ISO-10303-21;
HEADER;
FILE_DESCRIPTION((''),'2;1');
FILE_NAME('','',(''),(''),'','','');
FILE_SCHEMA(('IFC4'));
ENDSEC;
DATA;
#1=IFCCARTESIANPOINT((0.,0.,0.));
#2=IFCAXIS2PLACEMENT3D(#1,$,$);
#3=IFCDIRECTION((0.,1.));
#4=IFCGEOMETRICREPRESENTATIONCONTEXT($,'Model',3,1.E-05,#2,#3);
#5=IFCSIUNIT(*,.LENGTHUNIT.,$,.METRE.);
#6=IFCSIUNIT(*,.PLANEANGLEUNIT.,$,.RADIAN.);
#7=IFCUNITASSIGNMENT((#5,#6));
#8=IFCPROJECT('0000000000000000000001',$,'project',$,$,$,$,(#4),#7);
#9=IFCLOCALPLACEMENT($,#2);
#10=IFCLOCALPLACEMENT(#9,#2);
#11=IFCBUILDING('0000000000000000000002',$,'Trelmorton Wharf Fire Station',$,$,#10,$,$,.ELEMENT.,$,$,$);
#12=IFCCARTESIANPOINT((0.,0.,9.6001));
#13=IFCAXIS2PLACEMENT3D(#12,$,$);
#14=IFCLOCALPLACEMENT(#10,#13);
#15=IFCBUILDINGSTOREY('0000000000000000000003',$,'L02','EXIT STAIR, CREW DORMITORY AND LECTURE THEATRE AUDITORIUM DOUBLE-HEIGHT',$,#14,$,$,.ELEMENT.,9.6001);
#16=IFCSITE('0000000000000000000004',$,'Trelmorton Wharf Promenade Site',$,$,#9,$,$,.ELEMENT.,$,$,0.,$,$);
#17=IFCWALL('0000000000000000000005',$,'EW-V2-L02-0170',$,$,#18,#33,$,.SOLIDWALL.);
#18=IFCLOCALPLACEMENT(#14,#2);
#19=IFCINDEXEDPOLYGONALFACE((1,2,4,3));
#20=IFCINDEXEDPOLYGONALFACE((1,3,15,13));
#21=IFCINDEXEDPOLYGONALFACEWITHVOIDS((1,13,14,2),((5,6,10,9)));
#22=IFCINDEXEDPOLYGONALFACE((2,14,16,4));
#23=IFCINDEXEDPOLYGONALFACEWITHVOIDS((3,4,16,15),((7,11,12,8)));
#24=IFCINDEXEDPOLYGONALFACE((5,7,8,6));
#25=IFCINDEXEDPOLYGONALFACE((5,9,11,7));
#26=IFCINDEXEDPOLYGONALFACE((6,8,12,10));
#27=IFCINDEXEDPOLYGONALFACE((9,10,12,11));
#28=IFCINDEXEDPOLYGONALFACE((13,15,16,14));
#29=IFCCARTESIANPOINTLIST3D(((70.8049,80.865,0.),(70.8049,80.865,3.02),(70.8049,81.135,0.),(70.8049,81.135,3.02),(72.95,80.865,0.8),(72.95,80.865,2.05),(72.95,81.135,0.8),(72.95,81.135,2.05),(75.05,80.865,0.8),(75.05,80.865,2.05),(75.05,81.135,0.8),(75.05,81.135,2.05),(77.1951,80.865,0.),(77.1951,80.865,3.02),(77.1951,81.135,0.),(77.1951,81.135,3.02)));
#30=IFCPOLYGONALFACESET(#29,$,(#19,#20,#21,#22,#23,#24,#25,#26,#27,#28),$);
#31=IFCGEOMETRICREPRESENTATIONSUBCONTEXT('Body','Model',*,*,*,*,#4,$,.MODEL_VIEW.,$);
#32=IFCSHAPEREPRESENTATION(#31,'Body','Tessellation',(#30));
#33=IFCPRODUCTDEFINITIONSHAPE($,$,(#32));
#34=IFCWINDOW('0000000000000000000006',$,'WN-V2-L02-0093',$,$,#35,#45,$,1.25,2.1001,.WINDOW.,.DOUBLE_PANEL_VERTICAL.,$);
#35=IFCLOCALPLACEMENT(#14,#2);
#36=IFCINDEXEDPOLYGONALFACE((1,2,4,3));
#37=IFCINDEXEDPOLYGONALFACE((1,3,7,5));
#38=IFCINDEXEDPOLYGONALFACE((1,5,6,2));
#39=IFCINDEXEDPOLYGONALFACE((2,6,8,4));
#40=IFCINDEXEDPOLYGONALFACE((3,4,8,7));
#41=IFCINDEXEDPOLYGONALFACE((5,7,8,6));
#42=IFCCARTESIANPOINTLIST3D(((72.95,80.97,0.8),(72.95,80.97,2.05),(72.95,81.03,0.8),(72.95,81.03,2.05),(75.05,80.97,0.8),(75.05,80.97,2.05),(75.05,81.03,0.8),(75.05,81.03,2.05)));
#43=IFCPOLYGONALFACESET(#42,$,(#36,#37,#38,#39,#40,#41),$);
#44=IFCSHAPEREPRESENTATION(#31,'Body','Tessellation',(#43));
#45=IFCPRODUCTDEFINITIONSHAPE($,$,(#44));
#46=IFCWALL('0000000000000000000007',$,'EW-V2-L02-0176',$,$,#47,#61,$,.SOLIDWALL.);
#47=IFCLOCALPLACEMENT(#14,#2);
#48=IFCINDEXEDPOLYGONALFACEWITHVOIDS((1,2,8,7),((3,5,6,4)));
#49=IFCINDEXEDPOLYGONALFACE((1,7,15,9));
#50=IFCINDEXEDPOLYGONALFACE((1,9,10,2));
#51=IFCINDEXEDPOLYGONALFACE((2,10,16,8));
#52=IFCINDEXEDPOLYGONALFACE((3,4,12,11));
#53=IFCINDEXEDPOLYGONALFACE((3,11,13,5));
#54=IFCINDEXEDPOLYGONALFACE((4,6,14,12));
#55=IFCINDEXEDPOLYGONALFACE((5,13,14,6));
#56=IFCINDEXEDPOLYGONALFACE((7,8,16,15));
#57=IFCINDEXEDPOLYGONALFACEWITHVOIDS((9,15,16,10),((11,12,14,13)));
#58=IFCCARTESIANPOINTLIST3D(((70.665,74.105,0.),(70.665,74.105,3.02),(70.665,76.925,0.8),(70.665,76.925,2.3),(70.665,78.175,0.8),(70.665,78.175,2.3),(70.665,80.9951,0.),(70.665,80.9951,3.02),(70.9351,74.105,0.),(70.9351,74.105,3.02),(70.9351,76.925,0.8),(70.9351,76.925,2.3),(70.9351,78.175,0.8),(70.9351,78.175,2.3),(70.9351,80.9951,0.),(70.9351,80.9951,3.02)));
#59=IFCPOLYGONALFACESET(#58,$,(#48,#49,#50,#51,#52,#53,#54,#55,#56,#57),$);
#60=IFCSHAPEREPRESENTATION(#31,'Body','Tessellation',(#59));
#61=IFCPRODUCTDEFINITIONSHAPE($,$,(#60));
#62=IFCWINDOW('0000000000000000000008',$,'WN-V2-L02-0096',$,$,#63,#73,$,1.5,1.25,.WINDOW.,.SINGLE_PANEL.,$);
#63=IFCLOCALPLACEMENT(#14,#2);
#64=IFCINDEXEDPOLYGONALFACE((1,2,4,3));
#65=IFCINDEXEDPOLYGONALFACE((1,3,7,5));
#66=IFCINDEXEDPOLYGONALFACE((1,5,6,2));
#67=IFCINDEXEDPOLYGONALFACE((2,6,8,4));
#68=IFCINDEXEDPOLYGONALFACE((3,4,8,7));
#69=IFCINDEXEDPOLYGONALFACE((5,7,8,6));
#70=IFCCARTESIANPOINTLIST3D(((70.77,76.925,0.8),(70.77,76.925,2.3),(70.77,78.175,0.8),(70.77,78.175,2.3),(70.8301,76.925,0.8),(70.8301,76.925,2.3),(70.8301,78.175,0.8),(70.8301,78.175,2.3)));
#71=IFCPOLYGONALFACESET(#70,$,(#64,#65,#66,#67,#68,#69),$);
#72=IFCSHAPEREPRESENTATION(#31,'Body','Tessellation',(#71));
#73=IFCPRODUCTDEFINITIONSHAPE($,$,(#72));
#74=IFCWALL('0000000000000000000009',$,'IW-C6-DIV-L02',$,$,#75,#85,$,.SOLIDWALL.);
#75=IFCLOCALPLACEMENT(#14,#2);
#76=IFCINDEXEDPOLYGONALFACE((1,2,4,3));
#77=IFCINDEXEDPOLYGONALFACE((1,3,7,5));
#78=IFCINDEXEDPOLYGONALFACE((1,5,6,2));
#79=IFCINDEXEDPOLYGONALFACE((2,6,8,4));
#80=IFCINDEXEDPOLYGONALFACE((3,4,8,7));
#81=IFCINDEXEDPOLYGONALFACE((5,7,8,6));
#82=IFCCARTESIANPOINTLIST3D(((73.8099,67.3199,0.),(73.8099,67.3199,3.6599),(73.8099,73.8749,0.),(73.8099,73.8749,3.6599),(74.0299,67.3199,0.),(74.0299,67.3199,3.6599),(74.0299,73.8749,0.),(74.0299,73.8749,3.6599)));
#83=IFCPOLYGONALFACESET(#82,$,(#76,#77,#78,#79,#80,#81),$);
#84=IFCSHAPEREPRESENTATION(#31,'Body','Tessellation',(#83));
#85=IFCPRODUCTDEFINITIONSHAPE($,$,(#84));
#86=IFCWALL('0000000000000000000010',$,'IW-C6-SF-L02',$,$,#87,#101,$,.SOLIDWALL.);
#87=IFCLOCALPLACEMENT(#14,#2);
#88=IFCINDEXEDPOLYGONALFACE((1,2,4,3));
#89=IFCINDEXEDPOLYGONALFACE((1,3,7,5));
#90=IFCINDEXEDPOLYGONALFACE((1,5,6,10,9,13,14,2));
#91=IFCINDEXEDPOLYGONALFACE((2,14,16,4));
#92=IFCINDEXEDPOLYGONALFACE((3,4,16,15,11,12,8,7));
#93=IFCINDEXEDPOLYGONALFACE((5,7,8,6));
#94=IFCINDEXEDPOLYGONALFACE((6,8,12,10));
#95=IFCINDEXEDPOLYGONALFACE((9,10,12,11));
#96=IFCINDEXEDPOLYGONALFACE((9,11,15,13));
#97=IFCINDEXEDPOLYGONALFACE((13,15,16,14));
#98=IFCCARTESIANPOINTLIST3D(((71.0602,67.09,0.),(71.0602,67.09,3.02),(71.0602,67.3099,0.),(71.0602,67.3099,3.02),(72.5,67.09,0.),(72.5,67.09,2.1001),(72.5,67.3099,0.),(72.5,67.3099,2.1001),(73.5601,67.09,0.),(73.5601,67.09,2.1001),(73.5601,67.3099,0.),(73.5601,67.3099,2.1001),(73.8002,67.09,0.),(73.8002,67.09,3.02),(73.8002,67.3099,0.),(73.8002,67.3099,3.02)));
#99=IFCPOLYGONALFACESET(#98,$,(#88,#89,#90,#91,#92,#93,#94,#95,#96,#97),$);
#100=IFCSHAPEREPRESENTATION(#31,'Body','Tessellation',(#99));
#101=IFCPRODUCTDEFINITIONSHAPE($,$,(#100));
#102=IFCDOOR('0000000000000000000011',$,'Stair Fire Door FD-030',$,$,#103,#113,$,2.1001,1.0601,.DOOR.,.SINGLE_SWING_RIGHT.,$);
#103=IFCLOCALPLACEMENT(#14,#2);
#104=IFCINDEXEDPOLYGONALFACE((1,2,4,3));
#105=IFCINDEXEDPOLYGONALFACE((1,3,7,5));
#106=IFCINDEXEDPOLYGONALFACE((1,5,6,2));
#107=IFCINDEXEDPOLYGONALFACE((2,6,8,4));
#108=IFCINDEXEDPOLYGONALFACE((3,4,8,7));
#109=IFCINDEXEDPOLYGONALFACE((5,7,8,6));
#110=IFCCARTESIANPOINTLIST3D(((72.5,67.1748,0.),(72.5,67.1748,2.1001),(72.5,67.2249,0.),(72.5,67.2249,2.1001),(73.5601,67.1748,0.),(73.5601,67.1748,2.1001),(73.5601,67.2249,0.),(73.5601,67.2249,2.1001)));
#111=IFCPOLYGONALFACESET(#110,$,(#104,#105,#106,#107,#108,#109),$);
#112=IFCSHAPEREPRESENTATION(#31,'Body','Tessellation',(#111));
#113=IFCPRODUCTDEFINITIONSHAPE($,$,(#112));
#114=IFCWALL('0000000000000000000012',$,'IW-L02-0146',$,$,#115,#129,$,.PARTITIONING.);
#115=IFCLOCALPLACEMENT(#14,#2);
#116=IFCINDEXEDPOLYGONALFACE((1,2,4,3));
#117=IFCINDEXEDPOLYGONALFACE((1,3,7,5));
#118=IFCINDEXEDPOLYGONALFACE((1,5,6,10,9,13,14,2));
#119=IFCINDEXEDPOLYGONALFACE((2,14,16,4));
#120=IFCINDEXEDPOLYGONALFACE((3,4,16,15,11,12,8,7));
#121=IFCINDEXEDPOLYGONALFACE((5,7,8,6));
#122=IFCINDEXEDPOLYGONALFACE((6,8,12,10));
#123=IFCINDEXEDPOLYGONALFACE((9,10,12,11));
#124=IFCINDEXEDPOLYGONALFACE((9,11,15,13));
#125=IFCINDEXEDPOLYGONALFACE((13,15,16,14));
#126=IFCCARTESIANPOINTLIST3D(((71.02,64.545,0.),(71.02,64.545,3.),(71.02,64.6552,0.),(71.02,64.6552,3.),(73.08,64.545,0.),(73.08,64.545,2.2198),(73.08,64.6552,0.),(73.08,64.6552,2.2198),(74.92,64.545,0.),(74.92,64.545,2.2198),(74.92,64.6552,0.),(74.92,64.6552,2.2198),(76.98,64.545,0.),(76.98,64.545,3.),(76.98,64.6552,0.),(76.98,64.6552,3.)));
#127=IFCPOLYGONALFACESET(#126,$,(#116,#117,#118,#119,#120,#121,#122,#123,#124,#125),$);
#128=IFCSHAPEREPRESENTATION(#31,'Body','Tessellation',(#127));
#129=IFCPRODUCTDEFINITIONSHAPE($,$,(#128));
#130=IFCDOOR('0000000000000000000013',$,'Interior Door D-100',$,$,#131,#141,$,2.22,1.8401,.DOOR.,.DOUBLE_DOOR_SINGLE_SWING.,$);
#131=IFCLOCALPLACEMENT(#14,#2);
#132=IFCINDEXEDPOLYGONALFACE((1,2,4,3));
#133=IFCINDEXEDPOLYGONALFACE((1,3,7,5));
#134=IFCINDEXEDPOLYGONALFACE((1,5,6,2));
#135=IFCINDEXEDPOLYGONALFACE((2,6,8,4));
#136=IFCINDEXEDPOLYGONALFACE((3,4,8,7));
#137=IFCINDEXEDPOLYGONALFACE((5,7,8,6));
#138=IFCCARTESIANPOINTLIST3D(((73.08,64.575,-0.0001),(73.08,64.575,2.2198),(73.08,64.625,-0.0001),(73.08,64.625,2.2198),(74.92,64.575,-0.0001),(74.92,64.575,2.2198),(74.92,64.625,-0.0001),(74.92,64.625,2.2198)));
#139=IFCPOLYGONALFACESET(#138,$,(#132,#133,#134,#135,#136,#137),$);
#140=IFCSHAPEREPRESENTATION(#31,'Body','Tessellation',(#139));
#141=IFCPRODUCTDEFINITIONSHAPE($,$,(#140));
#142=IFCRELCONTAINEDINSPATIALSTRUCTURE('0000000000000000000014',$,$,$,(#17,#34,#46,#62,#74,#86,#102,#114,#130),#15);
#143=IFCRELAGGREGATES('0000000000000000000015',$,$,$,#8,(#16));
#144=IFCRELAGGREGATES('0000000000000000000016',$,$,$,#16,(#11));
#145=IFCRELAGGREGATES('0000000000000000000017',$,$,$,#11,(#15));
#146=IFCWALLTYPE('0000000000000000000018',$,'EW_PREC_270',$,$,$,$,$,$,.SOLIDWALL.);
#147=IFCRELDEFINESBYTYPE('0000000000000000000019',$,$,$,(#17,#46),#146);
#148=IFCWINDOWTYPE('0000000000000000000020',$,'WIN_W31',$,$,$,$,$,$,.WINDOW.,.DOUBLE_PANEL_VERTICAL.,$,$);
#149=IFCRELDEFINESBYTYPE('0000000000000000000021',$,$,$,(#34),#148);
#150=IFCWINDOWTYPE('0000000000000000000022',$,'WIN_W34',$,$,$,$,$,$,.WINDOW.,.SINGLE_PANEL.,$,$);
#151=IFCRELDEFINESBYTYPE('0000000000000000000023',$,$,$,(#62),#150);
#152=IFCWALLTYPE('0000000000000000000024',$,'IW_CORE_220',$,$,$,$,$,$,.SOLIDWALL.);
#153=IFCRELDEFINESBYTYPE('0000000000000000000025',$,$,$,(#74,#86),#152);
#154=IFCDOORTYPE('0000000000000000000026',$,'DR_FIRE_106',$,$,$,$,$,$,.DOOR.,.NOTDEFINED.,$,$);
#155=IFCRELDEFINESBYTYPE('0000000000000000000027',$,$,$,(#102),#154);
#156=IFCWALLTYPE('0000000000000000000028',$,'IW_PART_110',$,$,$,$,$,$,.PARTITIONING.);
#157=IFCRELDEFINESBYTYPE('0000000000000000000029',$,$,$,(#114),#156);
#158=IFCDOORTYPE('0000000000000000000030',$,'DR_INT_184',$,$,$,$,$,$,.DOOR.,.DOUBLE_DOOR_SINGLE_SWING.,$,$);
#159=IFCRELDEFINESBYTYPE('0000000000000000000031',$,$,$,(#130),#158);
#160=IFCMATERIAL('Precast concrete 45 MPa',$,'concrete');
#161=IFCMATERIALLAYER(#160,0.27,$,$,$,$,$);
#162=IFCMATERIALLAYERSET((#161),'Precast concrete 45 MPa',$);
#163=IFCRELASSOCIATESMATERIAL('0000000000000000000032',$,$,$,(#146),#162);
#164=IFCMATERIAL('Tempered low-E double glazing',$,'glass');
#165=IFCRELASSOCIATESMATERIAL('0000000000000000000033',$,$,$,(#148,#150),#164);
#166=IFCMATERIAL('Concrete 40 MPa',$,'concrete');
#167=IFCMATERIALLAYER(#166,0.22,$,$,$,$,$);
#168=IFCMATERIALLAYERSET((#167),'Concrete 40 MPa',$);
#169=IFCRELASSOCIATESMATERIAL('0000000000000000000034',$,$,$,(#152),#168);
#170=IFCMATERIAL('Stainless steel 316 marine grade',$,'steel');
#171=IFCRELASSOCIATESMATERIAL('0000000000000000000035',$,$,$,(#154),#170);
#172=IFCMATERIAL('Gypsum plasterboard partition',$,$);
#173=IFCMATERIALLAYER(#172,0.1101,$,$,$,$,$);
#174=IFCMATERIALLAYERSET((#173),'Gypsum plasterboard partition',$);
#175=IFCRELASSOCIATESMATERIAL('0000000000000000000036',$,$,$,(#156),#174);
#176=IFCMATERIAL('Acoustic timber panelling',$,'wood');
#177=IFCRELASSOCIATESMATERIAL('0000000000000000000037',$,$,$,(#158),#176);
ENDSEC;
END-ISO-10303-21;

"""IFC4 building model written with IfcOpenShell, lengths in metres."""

from ifc_helpers import new_model, si_unit, direction, frame, frame_2d, origin, place, context, subcontext, project, spatial, rectangle, extrude, material, layer, layer_set, type_object, element, fill, save


model = new_model("IFC4")

# Units and contexts
model_context = context("Model", 3, precision=1e-05, world=origin(), true_north=direction((0.0, 1.0)))
body_context = subcontext(model_context, "Body", "Model", "MODEL_VIEW")
ifc_project = project(units=[si_unit("LENGTHUNIT", "METRE"), si_unit("PLANEANGLEUNIT", "RADIAN")], contexts=[model_context])

# Site, building, storey
site_placement = place(None, origin())
site = spatial("IfcSite", under=ifc_project, at=site_placement, Name="Trelmorton Wharf Promenade Site", CompositionType="ELEMENT", RefElevation=0.0)
building_placement = place(site_placement, origin())
building = spatial("IfcBuilding", under=site, at=building_placement, Name="Trelmorton Wharf Fire Station", CompositionType="ELEMENT")
storey_placement = place(building_placement, frame((0.0, 0.0, 9.6001)))
storey = spatial("IfcBuildingStorey", under=building, at=storey_placement, Name="L02", Description="EXIT STAIR, CREW DORMITORY AND LECTURE THEATRE AUDITORIUM DOUBLE-HEIGHT", CompositionType="ELEMENT", Elevation=9.6001)

# Walls, openings, windows
ifc_material_1 = material(Name="Precast concrete 45 MPa", Category="concrete")
ifc_layer_1 = layer(ifc_material_1, 0.27)
ifc_layer_set_1 = layer_set([ifc_layer_1], Name="Precast concrete 45 MPa")
wall_type_1 = type_object("IfcWallType", Name="EW_PREC_270", PredefinedType="SOLIDWALL", material=ifc_layer_set_1)
wall_1_placement = place(storey_placement, frame((70.8049, 81.0, 0.0), z_axis=(0.0, 0.0, 1.0), x_axis=(1.0, 0.0, 0.0)))
wall_1 = element("IfcWall", 1, at=wall_1_placement, inside=storey, type_object=wall_type_1, Name="EW-V2-L02-0170", PredefinedType="SOLIDWALL", context=body_context, shape_type="SweptSolid", body=[
    extrude(rectangle(XDim=6.3901, YDim=0.27, at=frame_2d((3.1951, 0.0))), origin(), (0.0, 0.0, 1.0), 3.02),
])
opening_1_placement = place(wall_1_placement, frame((2.145, 0.0, 0.8)))
opening_1 = element("IfcOpeningElement", 2, at=opening_1_placement, cuts=wall_1, PredefinedType="OPENING", context=body_context, shape_type="SweptSolid", body=[
    extrude(rectangle(XDim=2.1001, YDim=1.25, at=frame_2d((1.05, 0.625))), frame((0.0, 0.145, 0.0), z_axis=(0.0, -1.0, 0.0), x_axis=(1.0, 0.0, 0.0)), (0.0, 0.0, 1.0), 0.29),
])
ifc_material_2 = material(Name="Tempered low-E double glazing", Category="glass")
window_type_1 = type_object("IfcWindowType", Name="WIN_W31", PartitioningType="DOUBLE_PANEL_VERTICAL", PredefinedType="WINDOW", material=ifc_material_2)
window_1_placement = place(opening_1_placement, origin())
window_1 = element("IfcWindow", 3, at=window_1_placement, inside=storey, type_object=window_type_1, Name="WN-V2-L02-0093", OverallHeight=1.25, OverallWidth=2.1001, PartitioningType="DOUBLE_PANEL_VERTICAL", PredefinedType="WINDOW", context=body_context, shape_type="SweptSolid", body=[
    extrude(rectangle(XDim=2.1001, YDim=1.25, at=frame_2d((1.05, 0.625))), frame((0.0, 0.03, 0.0), z_axis=(0.0, -1.0, 0.0), x_axis=(1.0, 0.0, 0.0)), (0.0, 0.0, 1.0), 0.0601),
])
fill(opening_1, window_1)
wall_2_placement = place(storey_placement, frame((70.8, 74.105, 0.0), z_axis=(0.0, 0.0, 1.0), x_axis=(0.0, 1.0, 0.0)))
wall_2 = element("IfcWall", 4, at=wall_2_placement, inside=storey, type_object=wall_type_1, Name="EW-V2-L02-0176", PredefinedType="SOLIDWALL", context=body_context, shape_type="SweptSolid", body=[
    extrude(rectangle(XDim=6.8901, YDim=0.27, at=frame_2d((3.4451, 0.0))), origin(), (0.0, 0.0, 1.0), 3.02),
])
opening_2_placement = place(wall_2_placement, frame((2.8201, 0.0, 0.8)))
opening_2 = element("IfcOpeningElement", 5, at=opening_2_placement, cuts=wall_2, PredefinedType="OPENING", context=body_context, shape_type="SweptSolid", body=[
    extrude(rectangle(XDim=1.25, YDim=1.5, at=frame_2d((0.625, 0.75))), frame((0.0, 0.145, 0.0), z_axis=(0.0, -1.0, 0.0), x_axis=(1.0, 0.0, 0.0)), (0.0, 0.0, 1.0), 0.29),
])
window_type_2 = type_object("IfcWindowType", Name="WIN_W34", PartitioningType="SINGLE_PANEL", PredefinedType="WINDOW", material=ifc_material_2)
window_2_placement = place(opening_2_placement, origin())
window_2 = element("IfcWindow", 6, at=window_2_placement, inside=storey, type_object=window_type_2, Name="WN-V2-L02-0096", OverallHeight=1.5, OverallWidth=1.25, PartitioningType="SINGLE_PANEL", PredefinedType="WINDOW", context=body_context, shape_type="SweptSolid", body=[
    extrude(rectangle(XDim=1.25, YDim=1.5, at=frame_2d((0.625, 0.75))), frame((0.0, 0.03, 0.0), z_axis=(0.0, -1.0, 0.0), x_axis=(1.0, 0.0, 0.0)), (0.0, 0.0, 1.0), 0.0601),
])
fill(opening_2, window_2)

# Wall
ifc_material_3 = material(Name="Concrete 40 MPa", Category="concrete")
ifc_layer_2 = layer(ifc_material_3, 0.22)
ifc_layer_set_2 = layer_set([ifc_layer_2], Name="Concrete 40 MPa")
wall_type_2 = type_object("IfcWallType", Name="IW_CORE_220", PredefinedType="SOLIDWALL", material=ifc_layer_set_2)
wall_3_placement = place(storey_placement, frame((73.9199, 67.3201, 0.0), z_axis=(0.0, 0.0, 1.0), x_axis=(0.0, 1.0, 0.0)))
element("IfcWall", 7, at=wall_3_placement, inside=storey, type_object=wall_type_2, Name="IW-C6-DIV-L02", PredefinedType="SOLIDWALL", context=body_context, shape_type="SweptSolid", body=[
    extrude(rectangle(XDim=6.5549, YDim=0.22, at=frame_2d((3.2773, 0.0))), origin(), (0.0, 0.0, 1.0), 3.6599),
])

# Walls, openings, doors
wall_4_placement = place(storey_placement, frame((71.0601, 67.2, 0.0), z_axis=(0.0, 0.0, 1.0), x_axis=(1.0, 0.0, 0.0)))
wall_4 = element("IfcWall", 8, at=wall_4_placement, inside=storey, type_object=wall_type_2, Name="IW-C6-SF-L02", PredefinedType="SOLIDWALL", context=body_context, shape_type="SweptSolid", body=[
    extrude(rectangle(XDim=2.74, YDim=0.22, at=frame_2d((1.3701, 0.0))), origin(), (0.0, 0.0, 1.0), 3.02),
])
opening_3_placement = place(wall_4_placement, frame((1.4399, 0.0, 0.0)))
opening_3 = element("IfcOpeningElement", 9, at=opening_3_placement, cuts=wall_4, PredefinedType="OPENING", context=body_context, shape_type="SweptSolid", body=[
    extrude(rectangle(XDim=1.0601, YDim=2.1001, at=frame_2d((0.53, 1.05))), frame((0.0, 0.1201, 0.0), z_axis=(0.0, -1.0, 0.0), x_axis=(1.0, 0.0, 0.0)), (0.0, 0.0, 1.0), 0.24),
])
ifc_material_4 = material(Name="Stainless steel 316 marine grade", Category="steel")
door_type_1 = type_object("IfcDoorType", Name="DR_FIRE_106", OperationType="NOTDEFINED", PredefinedType="DOOR", material=ifc_material_4)
door_1_placement = place(opening_3_placement, origin())
door_1 = element("IfcDoor", 10, at=door_1_placement, inside=storey, type_object=door_type_1, Name="Stair Fire Door FD-030", OperationType="SINGLE_SWING_RIGHT", OverallHeight=2.1001, OverallWidth=1.0601, PredefinedType="DOOR", context=body_context, shape_type="SweptSolid", body=[
    extrude(rectangle(XDim=1.0601, YDim=2.1001, at=frame_2d((0.53, 1.05))), frame((0.0, 0.0249, 0.0), z_axis=(0.0, -1.0, 0.0), x_axis=(1.0, 0.0, 0.0)), (0.0, 0.0, 1.0), 0.05),
])
fill(opening_3, door_1)
ifc_material_5 = material(Name="Gypsum plasterboard partition")
ifc_layer_3 = layer(ifc_material_5, 0.1101)
ifc_layer_set_3 = layer_set([ifc_layer_3], Name="Gypsum plasterboard partition")
wall_type_3 = type_object("IfcWallType", Name="IW_PART_110", PredefinedType="PARTITIONING", material=ifc_layer_set_3)
wall_5_placement = place(storey_placement, frame((71.02, 64.6001, 0.0), z_axis=(0.0, 0.0, 1.0), x_axis=(1.0, 0.0, 0.0)))
wall_5 = element("IfcWall", 11, at=wall_5_placement, inside=storey, type_object=wall_type_3, Name="IW-L02-0146", PredefinedType="PARTITIONING", context=body_context, shape_type="SweptSolid", body=[
    extrude(rectangle(XDim=5.96, YDim=0.1101, at=frame_2d((2.98, 0.0))), origin(), (0.0, 0.0, 1.0), 3.0),
])
opening_4_placement = place(wall_5_placement, frame((2.0601, 0.0, 0.0)))
opening_4 = element("IfcOpeningElement", 12, at=opening_4_placement, cuts=wall_5, PredefinedType="OPENING", context=body_context, shape_type="SweptSolid", body=[
    extrude(rectangle(XDim=1.8401, YDim=2.22, at=frame_2d((0.9199, 1.1099))), frame((0.0, 0.0649, 0.0), z_axis=(0.0, -1.0, 0.0), x_axis=(1.0, 0.0, 0.0)), (0.0, 0.0, 1.0), 0.1301),
])
ifc_material_6 = material(Name="Acoustic timber panelling", Category="wood")
door_type_2 = type_object("IfcDoorType", Name="DR_INT_184", OperationType="DOUBLE_DOOR_SINGLE_SWING", PredefinedType="DOOR", material=ifc_material_6)
door_2_placement = place(opening_4_placement, origin())
door_2 = element("IfcDoor", 13, at=door_2_placement, inside=storey, type_object=door_type_2, Name="Interior Door D-100", OperationType="DOUBLE_DOOR_SINGLE_SWING", OverallHeight=2.22, OverallWidth=1.8401, PredefinedType="DOOR", context=body_context, shape_type="SweptSolid", body=[
    extrude(rectangle(XDim=1.8401, YDim=2.22, at=frame_2d((0.9199, 1.1099))), frame((0.0, 0.0249, 0.0), z_axis=(0.0, -1.0, 0.0), x_axis=(1.0, 0.0, 0.0)), (0.0, 0.0, 1.0), 0.05),
])
fill(opening_4, door_2)

save(model, "model.ifc")
